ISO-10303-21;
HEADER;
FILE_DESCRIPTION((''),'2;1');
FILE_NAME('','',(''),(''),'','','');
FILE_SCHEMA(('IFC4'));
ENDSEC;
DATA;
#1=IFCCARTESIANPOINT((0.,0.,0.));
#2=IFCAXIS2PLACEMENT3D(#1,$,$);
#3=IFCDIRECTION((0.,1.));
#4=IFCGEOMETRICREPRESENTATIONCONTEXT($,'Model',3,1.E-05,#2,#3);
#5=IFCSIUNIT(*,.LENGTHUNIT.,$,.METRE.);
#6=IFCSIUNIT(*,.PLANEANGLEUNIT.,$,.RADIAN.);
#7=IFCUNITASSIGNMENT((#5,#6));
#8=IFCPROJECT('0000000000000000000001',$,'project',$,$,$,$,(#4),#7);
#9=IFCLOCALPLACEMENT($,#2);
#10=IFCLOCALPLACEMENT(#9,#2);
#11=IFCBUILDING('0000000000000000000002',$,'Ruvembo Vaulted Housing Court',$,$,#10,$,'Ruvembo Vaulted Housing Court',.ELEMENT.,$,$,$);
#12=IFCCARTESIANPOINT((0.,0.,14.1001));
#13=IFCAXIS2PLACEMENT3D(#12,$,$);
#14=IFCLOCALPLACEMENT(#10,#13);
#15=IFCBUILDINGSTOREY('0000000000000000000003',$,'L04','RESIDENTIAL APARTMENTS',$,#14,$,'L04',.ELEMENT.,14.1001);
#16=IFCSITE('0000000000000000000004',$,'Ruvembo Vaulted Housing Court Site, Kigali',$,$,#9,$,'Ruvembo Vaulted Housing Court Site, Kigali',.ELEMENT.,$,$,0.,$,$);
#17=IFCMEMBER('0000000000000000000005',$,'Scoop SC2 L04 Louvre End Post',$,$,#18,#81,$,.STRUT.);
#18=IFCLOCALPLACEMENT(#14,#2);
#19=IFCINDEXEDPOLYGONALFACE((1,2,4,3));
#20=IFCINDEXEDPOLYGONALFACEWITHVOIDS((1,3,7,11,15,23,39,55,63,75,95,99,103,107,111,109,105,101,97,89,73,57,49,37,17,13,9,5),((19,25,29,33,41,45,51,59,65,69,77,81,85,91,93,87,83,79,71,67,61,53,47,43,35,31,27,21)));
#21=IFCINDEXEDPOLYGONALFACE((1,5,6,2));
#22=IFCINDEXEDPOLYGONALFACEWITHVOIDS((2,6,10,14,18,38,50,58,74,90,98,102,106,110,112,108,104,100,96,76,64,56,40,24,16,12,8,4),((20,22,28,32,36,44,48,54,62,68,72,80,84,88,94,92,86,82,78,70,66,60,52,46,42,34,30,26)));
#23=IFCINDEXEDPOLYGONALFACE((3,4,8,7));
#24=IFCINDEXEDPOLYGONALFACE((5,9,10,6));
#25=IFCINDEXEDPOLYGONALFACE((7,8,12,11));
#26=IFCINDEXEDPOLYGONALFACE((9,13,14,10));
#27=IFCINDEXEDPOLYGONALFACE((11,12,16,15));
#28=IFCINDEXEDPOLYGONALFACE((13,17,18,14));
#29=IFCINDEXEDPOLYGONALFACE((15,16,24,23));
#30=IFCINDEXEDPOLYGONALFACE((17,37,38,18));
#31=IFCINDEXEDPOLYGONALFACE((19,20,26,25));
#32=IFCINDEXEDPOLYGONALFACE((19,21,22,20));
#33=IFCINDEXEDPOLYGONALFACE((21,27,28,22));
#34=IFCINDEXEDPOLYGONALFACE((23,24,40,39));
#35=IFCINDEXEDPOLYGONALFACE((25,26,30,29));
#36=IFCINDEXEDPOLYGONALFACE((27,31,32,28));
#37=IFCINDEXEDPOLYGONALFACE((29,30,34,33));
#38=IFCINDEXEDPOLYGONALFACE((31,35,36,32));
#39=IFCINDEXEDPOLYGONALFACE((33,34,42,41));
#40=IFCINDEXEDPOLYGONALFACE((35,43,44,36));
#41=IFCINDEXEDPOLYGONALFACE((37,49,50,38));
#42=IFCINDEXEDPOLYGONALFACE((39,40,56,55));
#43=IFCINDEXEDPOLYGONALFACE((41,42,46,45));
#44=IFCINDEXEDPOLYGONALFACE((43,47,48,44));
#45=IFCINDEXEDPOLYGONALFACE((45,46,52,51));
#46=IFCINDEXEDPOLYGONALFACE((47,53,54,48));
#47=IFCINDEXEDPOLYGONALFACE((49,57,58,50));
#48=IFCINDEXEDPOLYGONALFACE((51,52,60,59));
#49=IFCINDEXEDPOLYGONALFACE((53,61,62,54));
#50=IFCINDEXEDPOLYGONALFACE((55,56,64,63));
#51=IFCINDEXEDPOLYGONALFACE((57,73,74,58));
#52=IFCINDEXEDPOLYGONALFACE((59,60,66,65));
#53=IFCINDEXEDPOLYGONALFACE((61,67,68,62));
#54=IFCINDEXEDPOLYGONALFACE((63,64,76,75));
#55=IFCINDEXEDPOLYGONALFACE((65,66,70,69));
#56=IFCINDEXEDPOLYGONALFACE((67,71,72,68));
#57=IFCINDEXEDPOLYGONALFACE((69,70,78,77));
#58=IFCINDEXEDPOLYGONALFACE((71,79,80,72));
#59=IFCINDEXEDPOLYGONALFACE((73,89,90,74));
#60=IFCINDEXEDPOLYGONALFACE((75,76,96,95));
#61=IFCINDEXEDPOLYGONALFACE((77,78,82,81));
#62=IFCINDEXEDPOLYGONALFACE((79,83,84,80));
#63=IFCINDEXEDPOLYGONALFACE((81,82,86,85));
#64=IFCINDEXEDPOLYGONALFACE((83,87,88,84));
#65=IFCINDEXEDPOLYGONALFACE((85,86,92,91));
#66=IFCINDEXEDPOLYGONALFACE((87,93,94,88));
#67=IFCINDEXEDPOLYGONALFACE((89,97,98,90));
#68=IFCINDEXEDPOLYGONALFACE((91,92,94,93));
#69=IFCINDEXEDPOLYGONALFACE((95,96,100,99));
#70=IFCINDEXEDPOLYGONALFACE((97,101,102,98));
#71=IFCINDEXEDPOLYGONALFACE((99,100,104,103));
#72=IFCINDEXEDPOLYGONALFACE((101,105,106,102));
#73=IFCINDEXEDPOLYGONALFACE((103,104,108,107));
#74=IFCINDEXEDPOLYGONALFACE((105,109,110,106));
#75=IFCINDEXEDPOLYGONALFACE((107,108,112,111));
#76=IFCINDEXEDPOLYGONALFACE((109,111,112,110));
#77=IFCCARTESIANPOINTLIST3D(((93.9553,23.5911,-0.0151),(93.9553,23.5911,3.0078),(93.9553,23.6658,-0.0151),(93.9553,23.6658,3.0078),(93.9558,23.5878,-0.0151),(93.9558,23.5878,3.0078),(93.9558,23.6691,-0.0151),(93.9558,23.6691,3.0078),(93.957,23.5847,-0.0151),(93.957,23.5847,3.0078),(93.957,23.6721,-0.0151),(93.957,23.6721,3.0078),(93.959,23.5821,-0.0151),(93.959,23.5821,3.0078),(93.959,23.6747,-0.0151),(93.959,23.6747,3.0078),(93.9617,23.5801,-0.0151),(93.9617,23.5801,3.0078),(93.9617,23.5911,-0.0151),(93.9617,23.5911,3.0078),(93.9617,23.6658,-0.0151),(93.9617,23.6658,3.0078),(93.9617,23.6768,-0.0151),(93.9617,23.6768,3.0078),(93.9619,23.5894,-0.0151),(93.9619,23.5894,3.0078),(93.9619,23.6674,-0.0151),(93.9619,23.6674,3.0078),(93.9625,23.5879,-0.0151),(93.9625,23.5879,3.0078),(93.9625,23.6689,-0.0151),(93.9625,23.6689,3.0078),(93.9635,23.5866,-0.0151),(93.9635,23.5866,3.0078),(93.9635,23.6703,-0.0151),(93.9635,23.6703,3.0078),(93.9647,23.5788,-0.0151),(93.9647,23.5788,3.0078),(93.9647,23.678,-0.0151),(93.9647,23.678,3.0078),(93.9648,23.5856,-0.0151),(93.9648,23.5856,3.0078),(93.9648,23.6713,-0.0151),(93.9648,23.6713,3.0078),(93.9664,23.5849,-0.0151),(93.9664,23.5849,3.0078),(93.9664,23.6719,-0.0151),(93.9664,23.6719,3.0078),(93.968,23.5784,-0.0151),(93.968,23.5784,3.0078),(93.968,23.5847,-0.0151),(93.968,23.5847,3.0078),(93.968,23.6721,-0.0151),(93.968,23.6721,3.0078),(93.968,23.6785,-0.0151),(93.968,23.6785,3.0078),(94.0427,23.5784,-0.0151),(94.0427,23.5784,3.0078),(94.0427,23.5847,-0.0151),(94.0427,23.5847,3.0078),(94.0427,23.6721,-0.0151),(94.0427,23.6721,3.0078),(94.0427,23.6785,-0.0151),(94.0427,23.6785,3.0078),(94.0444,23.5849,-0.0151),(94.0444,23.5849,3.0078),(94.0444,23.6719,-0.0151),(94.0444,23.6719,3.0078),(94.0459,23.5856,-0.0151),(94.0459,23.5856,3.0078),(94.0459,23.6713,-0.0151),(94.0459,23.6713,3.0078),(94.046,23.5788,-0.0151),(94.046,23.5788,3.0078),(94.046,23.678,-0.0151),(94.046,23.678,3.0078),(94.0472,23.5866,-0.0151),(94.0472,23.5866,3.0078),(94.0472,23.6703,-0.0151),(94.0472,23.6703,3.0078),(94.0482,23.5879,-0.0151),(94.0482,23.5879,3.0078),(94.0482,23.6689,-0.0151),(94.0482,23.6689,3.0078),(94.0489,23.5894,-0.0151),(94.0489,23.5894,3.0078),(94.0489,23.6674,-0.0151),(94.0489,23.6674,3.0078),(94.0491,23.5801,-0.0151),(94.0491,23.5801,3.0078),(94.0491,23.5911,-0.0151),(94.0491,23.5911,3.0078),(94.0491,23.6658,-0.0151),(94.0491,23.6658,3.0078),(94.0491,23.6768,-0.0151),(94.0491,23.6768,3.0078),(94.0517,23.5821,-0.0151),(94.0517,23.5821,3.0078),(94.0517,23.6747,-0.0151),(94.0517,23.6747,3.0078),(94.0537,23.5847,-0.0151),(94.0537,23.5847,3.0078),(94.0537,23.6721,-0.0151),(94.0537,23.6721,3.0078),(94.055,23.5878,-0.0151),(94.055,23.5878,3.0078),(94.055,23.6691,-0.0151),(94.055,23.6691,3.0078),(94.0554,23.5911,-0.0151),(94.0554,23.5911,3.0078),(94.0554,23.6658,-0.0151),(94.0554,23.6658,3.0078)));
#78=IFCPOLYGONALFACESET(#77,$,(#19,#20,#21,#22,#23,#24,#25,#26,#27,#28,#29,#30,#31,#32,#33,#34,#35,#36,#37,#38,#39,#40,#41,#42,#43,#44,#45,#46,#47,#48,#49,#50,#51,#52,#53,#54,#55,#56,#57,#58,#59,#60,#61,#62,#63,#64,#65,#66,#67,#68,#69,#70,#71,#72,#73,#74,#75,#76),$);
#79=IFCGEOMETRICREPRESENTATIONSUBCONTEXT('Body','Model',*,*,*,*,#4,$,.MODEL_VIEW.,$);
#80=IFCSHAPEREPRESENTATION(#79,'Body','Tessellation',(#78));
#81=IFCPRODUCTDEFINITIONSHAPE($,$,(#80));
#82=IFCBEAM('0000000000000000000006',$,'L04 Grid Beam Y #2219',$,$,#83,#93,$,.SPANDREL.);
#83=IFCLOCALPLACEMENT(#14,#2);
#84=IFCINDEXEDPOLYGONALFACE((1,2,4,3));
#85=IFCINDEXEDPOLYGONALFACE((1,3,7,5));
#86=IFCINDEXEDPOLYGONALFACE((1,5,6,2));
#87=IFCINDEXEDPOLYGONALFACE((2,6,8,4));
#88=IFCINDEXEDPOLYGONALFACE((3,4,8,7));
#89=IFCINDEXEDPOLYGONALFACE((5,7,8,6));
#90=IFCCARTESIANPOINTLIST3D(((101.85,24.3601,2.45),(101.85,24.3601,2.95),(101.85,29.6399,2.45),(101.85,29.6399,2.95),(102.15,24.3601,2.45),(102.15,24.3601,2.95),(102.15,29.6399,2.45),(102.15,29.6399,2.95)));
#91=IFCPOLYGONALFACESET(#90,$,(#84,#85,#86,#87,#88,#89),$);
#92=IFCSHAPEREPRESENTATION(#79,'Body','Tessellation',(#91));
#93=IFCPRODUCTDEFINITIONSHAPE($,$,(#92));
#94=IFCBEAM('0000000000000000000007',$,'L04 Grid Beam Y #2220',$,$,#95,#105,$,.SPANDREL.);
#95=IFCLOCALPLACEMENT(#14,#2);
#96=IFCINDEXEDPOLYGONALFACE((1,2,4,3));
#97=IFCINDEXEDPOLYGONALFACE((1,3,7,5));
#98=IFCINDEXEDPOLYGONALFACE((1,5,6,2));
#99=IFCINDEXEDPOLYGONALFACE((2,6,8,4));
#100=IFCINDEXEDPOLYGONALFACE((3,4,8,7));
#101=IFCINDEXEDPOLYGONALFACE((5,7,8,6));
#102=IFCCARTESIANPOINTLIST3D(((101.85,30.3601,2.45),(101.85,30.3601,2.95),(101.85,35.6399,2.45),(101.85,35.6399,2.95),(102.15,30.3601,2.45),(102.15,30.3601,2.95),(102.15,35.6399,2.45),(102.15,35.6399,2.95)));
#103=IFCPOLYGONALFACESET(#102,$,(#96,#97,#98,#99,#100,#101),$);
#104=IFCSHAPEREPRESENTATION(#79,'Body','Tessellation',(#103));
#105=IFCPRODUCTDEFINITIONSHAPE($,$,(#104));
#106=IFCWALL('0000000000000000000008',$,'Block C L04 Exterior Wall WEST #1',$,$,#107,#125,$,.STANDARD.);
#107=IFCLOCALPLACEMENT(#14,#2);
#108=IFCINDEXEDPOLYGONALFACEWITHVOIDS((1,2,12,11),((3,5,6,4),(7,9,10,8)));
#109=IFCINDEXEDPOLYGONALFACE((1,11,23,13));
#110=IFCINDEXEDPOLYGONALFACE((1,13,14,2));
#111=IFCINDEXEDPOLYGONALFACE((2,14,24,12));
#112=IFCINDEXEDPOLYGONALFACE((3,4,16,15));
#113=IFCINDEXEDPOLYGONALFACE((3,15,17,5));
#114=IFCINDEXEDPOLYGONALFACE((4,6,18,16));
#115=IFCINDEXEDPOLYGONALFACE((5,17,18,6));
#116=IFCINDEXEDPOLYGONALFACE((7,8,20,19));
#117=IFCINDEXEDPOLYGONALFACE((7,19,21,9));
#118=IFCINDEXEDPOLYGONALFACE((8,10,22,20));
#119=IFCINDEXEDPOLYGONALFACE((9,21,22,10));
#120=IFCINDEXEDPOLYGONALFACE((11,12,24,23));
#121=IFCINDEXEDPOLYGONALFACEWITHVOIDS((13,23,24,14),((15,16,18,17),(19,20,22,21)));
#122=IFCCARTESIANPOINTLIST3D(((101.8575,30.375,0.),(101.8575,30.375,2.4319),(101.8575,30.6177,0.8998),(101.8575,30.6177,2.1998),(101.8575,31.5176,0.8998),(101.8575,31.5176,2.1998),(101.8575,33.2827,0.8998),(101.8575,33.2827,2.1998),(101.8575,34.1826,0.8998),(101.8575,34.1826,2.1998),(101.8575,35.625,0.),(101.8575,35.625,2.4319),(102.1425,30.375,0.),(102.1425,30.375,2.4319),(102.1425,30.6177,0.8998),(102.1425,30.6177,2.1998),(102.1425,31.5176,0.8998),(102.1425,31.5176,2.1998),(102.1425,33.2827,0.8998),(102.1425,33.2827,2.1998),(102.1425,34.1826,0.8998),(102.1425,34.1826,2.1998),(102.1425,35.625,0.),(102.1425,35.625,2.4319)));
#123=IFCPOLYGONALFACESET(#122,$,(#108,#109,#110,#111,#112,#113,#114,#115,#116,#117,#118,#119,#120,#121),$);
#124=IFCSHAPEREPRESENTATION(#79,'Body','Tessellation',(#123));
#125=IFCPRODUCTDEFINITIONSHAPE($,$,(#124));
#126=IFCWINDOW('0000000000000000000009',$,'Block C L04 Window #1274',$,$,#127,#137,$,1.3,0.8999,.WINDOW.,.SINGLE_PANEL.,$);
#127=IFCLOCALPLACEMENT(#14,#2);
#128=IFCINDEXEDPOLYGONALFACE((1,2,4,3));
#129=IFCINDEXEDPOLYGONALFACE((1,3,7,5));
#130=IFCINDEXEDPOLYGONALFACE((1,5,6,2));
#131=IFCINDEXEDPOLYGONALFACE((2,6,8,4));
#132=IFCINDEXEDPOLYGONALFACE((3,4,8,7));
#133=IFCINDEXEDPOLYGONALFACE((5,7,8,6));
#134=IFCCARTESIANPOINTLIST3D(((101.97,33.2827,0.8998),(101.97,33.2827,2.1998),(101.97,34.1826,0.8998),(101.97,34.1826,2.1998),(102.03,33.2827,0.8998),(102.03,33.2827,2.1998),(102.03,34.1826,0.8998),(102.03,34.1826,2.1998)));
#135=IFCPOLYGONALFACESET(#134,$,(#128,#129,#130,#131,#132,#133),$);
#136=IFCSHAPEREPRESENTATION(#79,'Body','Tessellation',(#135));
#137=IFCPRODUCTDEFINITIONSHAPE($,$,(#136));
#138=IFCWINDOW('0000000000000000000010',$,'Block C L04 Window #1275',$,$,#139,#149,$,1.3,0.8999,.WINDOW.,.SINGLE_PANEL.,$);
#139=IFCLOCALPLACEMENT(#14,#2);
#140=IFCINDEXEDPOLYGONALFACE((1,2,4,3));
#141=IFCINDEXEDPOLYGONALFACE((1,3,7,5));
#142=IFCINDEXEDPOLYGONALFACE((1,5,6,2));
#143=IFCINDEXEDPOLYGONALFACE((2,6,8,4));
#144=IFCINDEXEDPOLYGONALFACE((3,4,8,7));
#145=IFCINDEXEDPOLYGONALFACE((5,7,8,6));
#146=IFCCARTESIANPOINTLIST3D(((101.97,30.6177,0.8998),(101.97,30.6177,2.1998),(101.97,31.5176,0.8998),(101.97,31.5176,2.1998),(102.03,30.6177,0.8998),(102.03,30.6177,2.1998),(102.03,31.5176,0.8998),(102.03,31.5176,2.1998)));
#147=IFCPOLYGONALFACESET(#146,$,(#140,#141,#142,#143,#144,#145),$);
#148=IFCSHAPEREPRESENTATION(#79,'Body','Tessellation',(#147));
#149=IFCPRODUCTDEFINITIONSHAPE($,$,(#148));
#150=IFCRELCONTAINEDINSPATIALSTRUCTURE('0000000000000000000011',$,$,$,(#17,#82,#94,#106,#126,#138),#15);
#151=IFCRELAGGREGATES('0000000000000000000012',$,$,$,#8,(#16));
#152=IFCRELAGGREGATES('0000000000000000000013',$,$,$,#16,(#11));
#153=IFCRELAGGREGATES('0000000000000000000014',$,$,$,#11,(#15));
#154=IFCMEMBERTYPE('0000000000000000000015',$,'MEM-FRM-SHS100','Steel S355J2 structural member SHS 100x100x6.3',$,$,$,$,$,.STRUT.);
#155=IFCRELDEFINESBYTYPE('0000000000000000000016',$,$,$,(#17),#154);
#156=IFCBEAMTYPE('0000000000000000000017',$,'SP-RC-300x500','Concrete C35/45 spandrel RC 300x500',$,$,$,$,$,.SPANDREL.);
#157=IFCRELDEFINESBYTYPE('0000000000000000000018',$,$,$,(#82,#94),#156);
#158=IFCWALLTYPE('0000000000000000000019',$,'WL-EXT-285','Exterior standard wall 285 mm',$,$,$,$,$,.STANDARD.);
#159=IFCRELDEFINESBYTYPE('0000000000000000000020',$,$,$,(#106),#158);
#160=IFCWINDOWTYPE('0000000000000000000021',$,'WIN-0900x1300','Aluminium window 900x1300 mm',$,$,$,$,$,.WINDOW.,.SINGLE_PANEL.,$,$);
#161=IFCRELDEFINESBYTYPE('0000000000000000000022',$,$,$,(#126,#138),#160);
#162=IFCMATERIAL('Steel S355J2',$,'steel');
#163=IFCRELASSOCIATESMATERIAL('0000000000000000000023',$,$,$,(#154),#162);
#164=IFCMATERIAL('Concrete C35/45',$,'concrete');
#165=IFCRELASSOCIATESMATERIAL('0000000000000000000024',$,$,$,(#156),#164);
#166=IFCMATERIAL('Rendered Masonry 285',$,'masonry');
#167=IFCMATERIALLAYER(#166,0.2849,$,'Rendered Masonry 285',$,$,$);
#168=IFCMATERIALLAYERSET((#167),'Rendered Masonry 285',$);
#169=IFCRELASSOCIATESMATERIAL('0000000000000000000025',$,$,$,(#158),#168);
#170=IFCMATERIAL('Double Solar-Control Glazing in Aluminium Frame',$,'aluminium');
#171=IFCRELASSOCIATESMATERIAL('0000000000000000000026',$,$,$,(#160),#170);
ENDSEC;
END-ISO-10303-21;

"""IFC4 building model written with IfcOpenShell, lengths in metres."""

from ifc_helpers import new_model, si_unit, direction, frame, frame_2d, origin, origin_2d, place, context, subcontext, project, spatial, rectangle, hollow_rectangle, extrude, material, layer, layer_set, material_profile, profile_set, type_object, element, fill, save


model = new_model("IFC4")

# Units and contexts
model_context = context("Model", 3, precision=1e-05, world=origin(), true_north=direction((0.0, 1.0)))
body_context = subcontext(model_context, "Body", "Model", "MODEL_VIEW")
ifc_project = project(units=[si_unit("LENGTHUNIT", "METRE"), si_unit("PLANEANGLEUNIT", "RADIAN")], contexts=[model_context])

# Site, building, storey
site_placement = place(None, origin())
site = spatial("IfcSite", under=ifc_project, at=site_placement, Name="Ruvembo Vaulted Housing Court Site, Kigali", LongName="Ruvembo Vaulted Housing Court Site, Kigali", CompositionType="ELEMENT", RefElevation=0.0)
building_placement = place(site_placement, origin())
building = spatial("IfcBuilding", under=site, at=building_placement, Name="Ruvembo Vaulted Housing Court", LongName="Ruvembo Vaulted Housing Court", CompositionType="ELEMENT")
storey_placement = place(building_placement, frame((0.0, 0.0, 14.1001)))
storey = spatial("IfcBuildingStorey", under=building, at=storey_placement, Name="L04", Description="RESIDENTIAL APARTMENTS", LongName="L04", CompositionType="ELEMENT", Elevation=14.1001)

# Shared definitions
ifc_material_1 = material(Name="Steel S355J2", Category="steel")

# Member
ifc_material_profile_1 = material_profile(ifc_material_1, hollow_rectangle(XDim=0.1001, YDim=0.1001, WallThickness=0.0063, InnerFilletRadius=0.0063, OuterFilletRadius=0.0127, at=origin_2d()), Name="SHS 100x100x6.3")
ifc_profile_set_1 = profile_set([ifc_material_profile_1], Name="Steel S355J2")
member_type_1 = type_object("IfcMemberType", Name="MEM-FRM-SHS100", Description="Steel S355J2 structural member SHS 100x100x6.3", PredefinedType="STRUT", material=ifc_profile_set_1)
for number, where, z_axis, x_axis, name in (
    (1, (94.0054, 23.6284, -0.0151), (0.0, 0.0, 1.0), (1.0, 0.0, 0.0), "Scoop SC2 L04 Louvre End Post"),
):
    element("IfcMember", number, at=place(storey_placement, frame(where, z_axis=z_axis, x_axis=x_axis)), inside=storey, type_object=member_type_1, Name=name, PredefinedType="STRUT", context=body_context, shape_type="SweptSolid", body=[
        extrude(hollow_rectangle(XDim=0.1001, YDim=0.1001, WallThickness=0.0063, InnerFilletRadius=0.0063, OuterFilletRadius=0.0127, at=origin_2d()), origin(), (0.0, 0.0, 1.0), 3.0229),
    ])

# Beams
ifc_material_2 = material(Name="Concrete C35/45", Category="concrete")
ifc_material_profile_2 = material_profile(ifc_material_2, rectangle(XDim=0.3, YDim=0.5, at=origin_2d()), Name="RC 300x500")
ifc_profile_set_2 = profile_set([ifc_material_profile_2], Name="Concrete C35/45")
beam_type_1 = type_object("IfcBeamType", Name="SP-RC-300x500", Description="Concrete C35/45 spandrel RC 300x500", PredefinedType="SPANDREL", material=ifc_profile_set_2)
for number, where, z_axis, x_axis, name in (
    (2, (102.0, 24.3601, 2.7), (0.0, 1.0, 0.0), (-1.0, 0.0, 0.0), "L04 Grid Beam Y #2219"),
    (3, (102.0, 30.3601, 2.7), (0.0, 1.0, 0.0), (-1.0, 0.0, 0.0), "L04 Grid Beam Y #2220"),
):
    element("IfcBeam", number, at=place(storey_placement, frame(where, z_axis=z_axis, x_axis=x_axis)), inside=storey, type_object=beam_type_1, Name=name, PredefinedType="SPANDREL", context=body_context, shape_type="SweptSolid", body=[
        extrude(rectangle(XDim=0.3, YDim=0.5, at=origin_2d()), origin(), (0.0, 0.0, 1.0), 5.2798),
    ])

# Wall, openings, windows
ifc_material_3 = material(Name="Rendered Masonry 285", Category="masonry")
ifc_layer_1 = layer(ifc_material_3, 0.2849, Name="Rendered Masonry 285")
ifc_layer_set_1 = layer_set([ifc_layer_1], Name="Rendered Masonry 285")
wall_type = type_object("IfcWallType", Name="WL-EXT-285", Description="Exterior standard wall 285 mm", PredefinedType="STANDARD", material=ifc_layer_set_1)
wall_1_placement = place(storey_placement, frame((102.0, 35.625, 0.0), z_axis=(0.0, 0.0, 1.0), x_axis=(0.0, -1.0, 0.0)))
wall_1 = element("IfcWall", 4, at=wall_1_placement, inside=storey, type_object=wall_type, Name="Block C L04 Exterior Wall WEST #1", PredefinedType="STANDARD", context=body_context, shape_type="SweptSolid", body=[
    extrude(rectangle(XDim=5.25, YDim=0.2849, at=frame_2d((2.625, 0.0))), origin(), (0.0, 0.0, 1.0), 2.4319),
])
opening_1_placement = place(wall_1_placement, frame((1.4424, 0.0, 0.8999)))
opening_1 = element("IfcOpeningElement", 5, at=opening_1_placement, cuts=wall_1, PredefinedType="OPENING", context=body_context, shape_type="SweptSolid", body=[
    extrude(rectangle(XDim=0.8999, YDim=1.3, at=frame_2d((0.45, 0.6499))), frame((0.0, 0.1523, 0.0), z_axis=(0.0, -1.0, 0.0), x_axis=(1.0, 0.0, 0.0)), (0.0, 0.0, 1.0), 0.3049),
])
opening_2_placement = place(wall_1_placement, frame((4.1074, 0.0, 0.8999)))
opening_2 = element("IfcOpeningElement", 6, at=opening_2_placement, cuts=wall_1, PredefinedType="OPENING", context=body_context, shape_type="SweptSolid", body=[
    extrude(rectangle(XDim=0.8999, YDim=1.3, at=frame_2d((0.45, 0.6499))), frame((0.0, 0.1523, 0.0), z_axis=(0.0, -1.0, 0.0), x_axis=(1.0, 0.0, 0.0)), (0.0, 0.0, 1.0), 0.3049),
])
ifc_material_4 = material(Name="Double Solar-Control Glazing in Aluminium Frame", Category="aluminium")
window_type_1 = type_object("IfcWindowType", Name="WIN-0900x1300", Description="Aluminium window 900x1300 mm", PartitioningType="SINGLE_PANEL", PredefinedType="WINDOW", material=ifc_material_4)
window_1_placement = place(opening_1_placement, origin())
window_1 = element("IfcWindow", 7, at=window_1_placement, inside=storey, type_object=window_type_1, Name="Block C L04 Window #1274", OverallHeight=1.3, OverallWidth=0.8999, PartitioningType="SINGLE_PANEL", PredefinedType="WINDOW", context=body_context, shape_type="SweptSolid", body=[
    extrude(rectangle(XDim=0.8999, YDim=1.3, at=frame_2d((0.45, 0.6499))), frame((0.0, 0.03, 0.0), z_axis=(0.0, -1.0, 0.0), x_axis=(1.0, 0.0, 0.0)), (0.0, 0.0, 1.0), 0.0601),
])
fill(opening_1, window_1)
window_2_placement = place(opening_2_placement, origin())
window_2 = element("IfcWindow", 8, at=window_2_placement, inside=storey, type_object=window_type_1, Name="Block C L04 Window #1275", OverallHeight=1.3, OverallWidth=0.8999, PartitioningType="SINGLE_PANEL", PredefinedType="WINDOW", context=body_context, shape_type="SweptSolid", body=[
    extrude(rectangle(XDim=0.8999, YDim=1.3, at=frame_2d((0.45, 0.6499))), frame((0.0, 0.03, 0.0), z_axis=(0.0, -1.0, 0.0), x_axis=(1.0, 0.0, 0.0)), (0.0, 0.0, 1.0), 0.0601),
])
fill(opening_2, window_2)

save(model, "model.ifc")
